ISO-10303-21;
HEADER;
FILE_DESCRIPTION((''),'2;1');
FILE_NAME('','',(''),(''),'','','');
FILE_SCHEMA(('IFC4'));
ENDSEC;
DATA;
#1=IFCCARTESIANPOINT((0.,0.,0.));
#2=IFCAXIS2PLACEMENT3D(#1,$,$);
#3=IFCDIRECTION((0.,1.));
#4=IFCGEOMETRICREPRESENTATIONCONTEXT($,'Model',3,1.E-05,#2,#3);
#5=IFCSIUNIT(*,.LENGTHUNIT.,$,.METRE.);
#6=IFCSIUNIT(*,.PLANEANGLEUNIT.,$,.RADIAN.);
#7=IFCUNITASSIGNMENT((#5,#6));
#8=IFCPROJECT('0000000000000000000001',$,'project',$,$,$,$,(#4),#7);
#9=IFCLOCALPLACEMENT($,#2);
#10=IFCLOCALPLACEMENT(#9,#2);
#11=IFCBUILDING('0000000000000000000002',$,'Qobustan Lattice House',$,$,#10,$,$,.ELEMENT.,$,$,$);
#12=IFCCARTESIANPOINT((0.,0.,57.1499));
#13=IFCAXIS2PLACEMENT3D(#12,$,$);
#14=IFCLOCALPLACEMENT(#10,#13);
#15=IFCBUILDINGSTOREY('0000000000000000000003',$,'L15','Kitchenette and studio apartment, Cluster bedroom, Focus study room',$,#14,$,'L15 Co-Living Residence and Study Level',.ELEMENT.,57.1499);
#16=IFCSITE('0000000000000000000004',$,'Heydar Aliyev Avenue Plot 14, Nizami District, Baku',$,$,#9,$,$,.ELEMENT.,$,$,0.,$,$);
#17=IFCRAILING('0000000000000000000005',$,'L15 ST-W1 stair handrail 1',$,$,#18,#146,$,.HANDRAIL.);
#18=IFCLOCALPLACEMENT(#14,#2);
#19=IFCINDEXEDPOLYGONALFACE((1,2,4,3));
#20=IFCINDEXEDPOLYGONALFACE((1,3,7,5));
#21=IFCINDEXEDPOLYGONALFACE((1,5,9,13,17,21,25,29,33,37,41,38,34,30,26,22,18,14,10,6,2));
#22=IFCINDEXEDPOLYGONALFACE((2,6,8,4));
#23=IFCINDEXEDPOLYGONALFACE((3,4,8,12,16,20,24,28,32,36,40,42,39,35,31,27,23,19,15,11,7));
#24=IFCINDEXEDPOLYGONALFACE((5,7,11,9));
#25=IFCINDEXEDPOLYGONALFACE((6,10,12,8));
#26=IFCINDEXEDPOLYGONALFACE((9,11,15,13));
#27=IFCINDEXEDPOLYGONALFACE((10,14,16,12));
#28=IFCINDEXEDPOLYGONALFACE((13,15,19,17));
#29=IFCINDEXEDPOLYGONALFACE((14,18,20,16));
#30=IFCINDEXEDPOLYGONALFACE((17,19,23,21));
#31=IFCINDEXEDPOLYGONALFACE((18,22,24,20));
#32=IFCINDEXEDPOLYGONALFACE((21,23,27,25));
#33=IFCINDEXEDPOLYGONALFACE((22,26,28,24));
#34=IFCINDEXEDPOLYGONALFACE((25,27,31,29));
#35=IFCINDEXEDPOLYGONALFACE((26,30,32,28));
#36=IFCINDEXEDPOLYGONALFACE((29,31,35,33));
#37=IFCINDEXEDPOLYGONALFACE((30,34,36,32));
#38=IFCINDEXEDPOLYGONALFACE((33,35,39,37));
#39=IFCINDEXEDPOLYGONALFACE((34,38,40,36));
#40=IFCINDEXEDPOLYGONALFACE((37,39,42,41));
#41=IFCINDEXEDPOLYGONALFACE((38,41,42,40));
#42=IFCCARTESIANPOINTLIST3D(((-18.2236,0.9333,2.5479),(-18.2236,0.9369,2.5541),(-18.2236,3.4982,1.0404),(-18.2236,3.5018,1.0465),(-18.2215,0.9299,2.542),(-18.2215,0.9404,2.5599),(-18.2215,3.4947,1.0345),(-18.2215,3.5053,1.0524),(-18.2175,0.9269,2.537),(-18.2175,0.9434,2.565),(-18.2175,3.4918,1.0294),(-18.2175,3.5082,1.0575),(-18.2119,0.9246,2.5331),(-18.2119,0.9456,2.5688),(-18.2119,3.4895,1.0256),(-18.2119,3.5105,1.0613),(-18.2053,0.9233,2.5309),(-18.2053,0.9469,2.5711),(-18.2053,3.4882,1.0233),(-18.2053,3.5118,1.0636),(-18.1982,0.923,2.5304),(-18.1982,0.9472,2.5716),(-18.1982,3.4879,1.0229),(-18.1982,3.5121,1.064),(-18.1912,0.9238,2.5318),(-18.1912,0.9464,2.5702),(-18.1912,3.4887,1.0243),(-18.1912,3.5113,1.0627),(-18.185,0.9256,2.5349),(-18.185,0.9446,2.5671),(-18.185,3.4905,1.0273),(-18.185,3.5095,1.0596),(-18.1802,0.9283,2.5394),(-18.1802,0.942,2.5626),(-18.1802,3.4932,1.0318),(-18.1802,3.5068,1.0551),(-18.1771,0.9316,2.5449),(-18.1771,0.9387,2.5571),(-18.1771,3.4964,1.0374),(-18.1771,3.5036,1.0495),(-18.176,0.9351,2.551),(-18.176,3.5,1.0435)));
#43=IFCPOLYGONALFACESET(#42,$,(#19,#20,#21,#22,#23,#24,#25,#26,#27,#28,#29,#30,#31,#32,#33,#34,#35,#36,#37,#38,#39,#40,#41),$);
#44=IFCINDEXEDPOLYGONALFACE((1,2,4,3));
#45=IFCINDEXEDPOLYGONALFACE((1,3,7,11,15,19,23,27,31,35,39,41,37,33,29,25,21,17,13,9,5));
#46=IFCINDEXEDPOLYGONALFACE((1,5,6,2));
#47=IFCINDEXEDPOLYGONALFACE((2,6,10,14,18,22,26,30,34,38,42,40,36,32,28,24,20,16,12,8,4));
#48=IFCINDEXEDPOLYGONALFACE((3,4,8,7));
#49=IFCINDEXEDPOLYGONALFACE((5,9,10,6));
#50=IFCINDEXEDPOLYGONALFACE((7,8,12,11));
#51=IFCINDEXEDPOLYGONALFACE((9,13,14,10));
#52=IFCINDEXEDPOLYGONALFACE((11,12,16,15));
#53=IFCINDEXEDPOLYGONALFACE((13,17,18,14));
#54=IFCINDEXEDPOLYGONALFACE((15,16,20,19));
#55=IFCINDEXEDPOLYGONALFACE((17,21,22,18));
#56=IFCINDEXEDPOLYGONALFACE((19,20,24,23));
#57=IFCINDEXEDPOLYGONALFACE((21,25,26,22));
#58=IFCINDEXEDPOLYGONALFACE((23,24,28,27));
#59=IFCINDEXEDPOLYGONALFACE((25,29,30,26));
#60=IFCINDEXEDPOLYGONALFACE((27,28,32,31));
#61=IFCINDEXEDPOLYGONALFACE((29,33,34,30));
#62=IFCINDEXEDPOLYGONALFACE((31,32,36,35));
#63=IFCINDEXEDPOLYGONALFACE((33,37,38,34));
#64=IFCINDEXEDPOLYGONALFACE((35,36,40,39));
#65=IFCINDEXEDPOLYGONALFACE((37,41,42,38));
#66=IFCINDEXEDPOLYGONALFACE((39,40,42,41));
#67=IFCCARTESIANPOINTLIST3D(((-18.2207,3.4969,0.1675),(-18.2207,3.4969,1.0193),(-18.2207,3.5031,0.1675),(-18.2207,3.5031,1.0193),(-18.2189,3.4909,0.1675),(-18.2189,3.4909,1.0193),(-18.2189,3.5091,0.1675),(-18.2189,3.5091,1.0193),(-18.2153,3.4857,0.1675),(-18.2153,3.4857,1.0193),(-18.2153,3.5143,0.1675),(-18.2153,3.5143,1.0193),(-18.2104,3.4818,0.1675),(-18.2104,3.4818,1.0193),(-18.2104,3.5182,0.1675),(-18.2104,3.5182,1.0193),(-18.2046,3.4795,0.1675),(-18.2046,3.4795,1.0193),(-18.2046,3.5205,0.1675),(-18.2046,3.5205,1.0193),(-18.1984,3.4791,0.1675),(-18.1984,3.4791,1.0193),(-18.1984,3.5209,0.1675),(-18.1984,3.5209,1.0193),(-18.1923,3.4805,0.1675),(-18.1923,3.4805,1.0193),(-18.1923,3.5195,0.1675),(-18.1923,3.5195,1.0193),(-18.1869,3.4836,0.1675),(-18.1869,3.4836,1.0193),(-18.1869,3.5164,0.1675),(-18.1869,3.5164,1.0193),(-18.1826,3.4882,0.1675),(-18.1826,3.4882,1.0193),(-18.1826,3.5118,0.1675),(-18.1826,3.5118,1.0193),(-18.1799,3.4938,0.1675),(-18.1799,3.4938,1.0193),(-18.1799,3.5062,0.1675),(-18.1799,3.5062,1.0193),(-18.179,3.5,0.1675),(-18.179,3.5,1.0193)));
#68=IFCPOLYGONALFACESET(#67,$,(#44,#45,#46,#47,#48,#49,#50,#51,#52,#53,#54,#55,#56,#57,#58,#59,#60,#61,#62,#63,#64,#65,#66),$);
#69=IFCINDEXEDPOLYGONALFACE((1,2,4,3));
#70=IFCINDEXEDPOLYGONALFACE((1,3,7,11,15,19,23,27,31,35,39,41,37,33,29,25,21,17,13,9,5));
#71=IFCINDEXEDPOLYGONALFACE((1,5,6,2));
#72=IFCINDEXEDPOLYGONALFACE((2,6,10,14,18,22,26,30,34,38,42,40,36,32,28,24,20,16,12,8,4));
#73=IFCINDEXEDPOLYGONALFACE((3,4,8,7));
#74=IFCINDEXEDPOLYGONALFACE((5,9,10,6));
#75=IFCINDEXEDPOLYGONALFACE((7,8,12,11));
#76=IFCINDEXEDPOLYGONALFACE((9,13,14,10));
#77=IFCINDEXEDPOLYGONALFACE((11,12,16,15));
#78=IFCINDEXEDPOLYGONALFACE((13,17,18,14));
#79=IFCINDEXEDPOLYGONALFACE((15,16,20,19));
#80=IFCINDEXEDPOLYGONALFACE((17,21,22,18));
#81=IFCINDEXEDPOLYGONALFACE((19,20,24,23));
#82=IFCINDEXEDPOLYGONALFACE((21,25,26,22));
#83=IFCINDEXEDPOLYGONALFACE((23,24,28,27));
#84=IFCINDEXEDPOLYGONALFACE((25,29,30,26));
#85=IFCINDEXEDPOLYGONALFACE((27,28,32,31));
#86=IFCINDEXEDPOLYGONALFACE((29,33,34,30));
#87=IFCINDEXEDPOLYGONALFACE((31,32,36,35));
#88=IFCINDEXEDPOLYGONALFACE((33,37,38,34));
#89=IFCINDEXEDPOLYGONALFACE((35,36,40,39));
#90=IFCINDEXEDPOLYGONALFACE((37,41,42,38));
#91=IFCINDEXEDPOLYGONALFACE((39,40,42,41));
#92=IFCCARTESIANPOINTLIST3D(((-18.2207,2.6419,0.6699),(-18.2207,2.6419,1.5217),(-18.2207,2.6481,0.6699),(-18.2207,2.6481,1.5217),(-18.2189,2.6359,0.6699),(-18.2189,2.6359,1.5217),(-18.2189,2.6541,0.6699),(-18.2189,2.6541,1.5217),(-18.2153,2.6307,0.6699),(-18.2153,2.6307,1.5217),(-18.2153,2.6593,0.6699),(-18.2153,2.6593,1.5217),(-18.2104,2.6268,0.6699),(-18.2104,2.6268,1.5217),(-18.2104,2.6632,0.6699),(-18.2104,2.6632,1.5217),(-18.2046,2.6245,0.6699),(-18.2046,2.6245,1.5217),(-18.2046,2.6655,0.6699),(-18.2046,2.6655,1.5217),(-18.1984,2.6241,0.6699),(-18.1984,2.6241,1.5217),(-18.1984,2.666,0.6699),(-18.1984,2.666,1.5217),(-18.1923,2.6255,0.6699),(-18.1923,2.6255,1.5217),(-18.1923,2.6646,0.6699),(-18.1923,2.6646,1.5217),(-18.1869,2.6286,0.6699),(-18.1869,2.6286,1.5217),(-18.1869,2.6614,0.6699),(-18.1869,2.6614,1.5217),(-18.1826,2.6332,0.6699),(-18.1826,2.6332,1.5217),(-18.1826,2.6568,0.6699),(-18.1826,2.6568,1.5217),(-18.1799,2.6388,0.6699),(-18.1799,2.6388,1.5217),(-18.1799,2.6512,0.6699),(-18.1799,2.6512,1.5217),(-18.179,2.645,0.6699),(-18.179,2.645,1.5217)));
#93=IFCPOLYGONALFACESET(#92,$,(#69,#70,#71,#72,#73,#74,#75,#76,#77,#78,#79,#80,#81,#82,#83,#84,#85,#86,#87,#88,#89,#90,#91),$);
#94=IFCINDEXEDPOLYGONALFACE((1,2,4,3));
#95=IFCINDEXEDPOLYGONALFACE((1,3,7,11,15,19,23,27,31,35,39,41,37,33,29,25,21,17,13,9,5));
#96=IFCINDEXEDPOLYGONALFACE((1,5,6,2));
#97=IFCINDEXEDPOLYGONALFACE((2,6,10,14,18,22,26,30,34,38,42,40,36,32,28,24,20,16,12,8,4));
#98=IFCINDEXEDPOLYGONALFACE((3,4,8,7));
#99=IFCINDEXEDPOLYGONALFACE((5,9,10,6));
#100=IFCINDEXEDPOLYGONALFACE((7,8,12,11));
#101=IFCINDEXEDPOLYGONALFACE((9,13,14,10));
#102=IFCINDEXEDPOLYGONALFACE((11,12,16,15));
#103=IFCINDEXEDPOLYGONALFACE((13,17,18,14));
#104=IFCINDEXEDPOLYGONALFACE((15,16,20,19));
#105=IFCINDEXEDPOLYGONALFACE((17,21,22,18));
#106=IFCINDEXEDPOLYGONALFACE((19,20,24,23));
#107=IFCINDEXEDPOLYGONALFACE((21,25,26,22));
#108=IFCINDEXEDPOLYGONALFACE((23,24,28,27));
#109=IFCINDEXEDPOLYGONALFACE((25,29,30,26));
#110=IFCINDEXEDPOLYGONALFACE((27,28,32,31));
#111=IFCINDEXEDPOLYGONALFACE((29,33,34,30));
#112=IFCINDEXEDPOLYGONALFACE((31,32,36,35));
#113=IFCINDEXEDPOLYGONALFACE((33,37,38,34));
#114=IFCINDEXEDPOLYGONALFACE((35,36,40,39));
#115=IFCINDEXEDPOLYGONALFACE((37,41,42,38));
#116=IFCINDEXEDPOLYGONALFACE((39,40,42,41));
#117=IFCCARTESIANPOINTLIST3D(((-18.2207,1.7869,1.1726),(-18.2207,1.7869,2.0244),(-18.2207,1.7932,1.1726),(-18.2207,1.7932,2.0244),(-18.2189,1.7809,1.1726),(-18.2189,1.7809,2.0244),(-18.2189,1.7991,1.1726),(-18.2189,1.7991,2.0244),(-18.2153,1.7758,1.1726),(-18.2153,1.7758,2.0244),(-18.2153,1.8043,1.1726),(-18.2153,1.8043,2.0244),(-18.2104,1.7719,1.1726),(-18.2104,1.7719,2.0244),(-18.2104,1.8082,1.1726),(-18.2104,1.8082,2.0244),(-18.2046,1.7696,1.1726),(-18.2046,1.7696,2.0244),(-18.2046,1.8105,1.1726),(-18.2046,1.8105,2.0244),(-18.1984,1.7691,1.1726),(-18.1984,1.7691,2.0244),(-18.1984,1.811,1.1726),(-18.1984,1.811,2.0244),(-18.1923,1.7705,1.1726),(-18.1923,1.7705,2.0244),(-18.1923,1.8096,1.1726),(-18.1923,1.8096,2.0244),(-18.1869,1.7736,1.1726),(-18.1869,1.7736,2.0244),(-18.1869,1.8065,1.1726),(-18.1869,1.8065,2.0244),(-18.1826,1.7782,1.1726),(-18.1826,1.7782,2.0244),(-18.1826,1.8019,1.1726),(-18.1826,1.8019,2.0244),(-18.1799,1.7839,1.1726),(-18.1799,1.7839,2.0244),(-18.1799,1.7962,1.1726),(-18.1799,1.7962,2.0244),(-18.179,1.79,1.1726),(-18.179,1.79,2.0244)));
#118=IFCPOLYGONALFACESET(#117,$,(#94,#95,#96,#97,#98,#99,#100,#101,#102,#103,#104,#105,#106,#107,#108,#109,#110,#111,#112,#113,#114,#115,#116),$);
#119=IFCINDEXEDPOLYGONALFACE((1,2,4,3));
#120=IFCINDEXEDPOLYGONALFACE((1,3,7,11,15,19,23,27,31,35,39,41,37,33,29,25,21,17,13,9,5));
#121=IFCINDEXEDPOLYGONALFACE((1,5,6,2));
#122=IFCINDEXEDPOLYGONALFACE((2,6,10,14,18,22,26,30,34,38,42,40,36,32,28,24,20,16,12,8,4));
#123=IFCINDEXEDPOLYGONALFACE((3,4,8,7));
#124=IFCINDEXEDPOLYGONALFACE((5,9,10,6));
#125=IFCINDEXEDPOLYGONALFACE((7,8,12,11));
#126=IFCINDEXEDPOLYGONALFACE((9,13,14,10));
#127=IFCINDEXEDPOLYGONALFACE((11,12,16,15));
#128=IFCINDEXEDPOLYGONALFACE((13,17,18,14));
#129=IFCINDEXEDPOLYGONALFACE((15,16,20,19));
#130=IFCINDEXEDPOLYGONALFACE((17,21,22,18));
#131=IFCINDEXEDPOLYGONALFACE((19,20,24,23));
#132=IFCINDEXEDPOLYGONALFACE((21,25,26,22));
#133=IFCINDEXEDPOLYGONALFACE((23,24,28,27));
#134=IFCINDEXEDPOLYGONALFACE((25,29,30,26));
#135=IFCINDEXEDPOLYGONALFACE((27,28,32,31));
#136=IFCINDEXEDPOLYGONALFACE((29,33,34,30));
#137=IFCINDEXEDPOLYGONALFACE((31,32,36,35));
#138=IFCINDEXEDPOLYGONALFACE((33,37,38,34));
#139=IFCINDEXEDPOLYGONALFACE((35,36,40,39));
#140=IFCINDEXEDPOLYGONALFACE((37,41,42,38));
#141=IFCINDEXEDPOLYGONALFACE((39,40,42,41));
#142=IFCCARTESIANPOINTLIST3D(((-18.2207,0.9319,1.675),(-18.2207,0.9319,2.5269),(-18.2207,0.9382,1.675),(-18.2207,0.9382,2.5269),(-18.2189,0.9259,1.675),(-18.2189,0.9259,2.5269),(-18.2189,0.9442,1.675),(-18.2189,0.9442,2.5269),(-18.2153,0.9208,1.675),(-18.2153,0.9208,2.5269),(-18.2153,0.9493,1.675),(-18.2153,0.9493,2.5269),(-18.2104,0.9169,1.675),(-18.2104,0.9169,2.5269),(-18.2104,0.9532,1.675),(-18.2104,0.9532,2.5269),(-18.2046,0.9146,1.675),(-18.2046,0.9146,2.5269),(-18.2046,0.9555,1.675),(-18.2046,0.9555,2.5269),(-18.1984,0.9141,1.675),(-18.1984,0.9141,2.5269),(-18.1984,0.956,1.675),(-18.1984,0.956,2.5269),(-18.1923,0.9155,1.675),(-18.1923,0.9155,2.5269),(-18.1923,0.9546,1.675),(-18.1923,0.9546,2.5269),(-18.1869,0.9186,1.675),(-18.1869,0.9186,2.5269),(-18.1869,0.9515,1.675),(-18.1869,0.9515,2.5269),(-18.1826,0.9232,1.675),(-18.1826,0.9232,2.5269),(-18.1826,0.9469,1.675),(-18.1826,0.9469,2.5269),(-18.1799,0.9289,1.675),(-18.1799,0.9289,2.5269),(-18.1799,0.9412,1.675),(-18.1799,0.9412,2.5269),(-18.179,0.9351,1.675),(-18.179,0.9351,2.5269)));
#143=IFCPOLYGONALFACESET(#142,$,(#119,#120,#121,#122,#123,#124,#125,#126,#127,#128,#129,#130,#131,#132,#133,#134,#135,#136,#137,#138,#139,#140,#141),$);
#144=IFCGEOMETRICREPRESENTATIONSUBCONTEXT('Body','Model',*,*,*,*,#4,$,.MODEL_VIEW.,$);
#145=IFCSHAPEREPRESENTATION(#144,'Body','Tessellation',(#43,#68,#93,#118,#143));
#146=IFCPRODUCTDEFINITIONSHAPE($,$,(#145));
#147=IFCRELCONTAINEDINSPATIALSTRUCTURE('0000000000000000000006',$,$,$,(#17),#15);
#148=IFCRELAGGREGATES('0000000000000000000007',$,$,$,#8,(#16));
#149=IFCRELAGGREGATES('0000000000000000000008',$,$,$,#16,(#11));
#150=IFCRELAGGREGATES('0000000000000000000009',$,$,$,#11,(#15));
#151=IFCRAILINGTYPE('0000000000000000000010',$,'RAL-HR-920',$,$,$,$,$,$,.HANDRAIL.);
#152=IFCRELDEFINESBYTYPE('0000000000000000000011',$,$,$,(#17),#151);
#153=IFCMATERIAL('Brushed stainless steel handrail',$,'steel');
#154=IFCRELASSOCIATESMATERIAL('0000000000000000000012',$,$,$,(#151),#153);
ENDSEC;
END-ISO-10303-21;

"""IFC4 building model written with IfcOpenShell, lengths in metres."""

from ifc_helpers import new_model, si_unit, direction, frame, origin, origin_2d, place, context, subcontext, project, spatial, circle, extrude, material, type_object, element, save


model = new_model("IFC4")

# Units and contexts
model_context = context("Model", 3, precision=1e-05, world=origin(), true_north=direction((0.0, 1.0)))
body_context = subcontext(model_context, "Body", "Model", "MODEL_VIEW")
ifc_project = project(units=[si_unit("LENGTHUNIT", "METRE"), si_unit("PLANEANGLEUNIT", "RADIAN")], contexts=[model_context])

# Site, building, storey
site_placement = place(None, origin())
site = spatial("IfcSite", under=ifc_project, at=site_placement, Name="Heydar Aliyev Avenue Plot 14, Nizami District, Baku", CompositionType="ELEMENT", RefElevation=0.0)
building_placement = place(site_placement, origin())
building = spatial("IfcBuilding", under=site, at=building_placement, Name="Qobustan Lattice House", CompositionType="ELEMENT")
storey_placement = place(building_placement, frame((0.0, 0.0, 57.1499)))
storey = spatial("IfcBuildingStorey", under=building, at=storey_placement, Name="L15", Description="Kitchenette and studio apartment, Cluster bedroom, Focus study room", LongName="L15 Co-Living Residence and Study Level", CompositionType="ELEMENT", Elevation=57.1499)

# Railing
ifc_material_1 = material(Name="Brushed stainless steel handrail", Category="steel")
railing_type_1 = type_object("IfcRailingType", Name="RAL-HR-920", PredefinedType="HANDRAIL", material=ifc_material_1)
railing_1_placement = place(storey_placement, frame((-18.2, 3.5, 0.1675)))
element("IfcRailing", 1, at=railing_1_placement, inside=storey, type_object=railing_type_1, Name="L15 ST-W1 stair handrail 1", PredefinedType="HANDRAIL", context=body_context, shape_type="SweptSolid", body=[
    extrude(circle(Radius=0.0239, at=origin_2d()), frame((0.0, 0.0, 0.876), z_axis=(0.0, -0.862113, 0.506715), x_axis=(1.0, 0.0, 0.0)), (0.0, 0.0, 1.0), 2.9751),
    extrude(circle(Radius=0.021, at=origin_2d()), origin(), (0.0, 0.0, 1.0), 0.8518),
    extrude(circle(Radius=0.021, at=origin_2d()), frame((0.0, -0.855, 0.5024)), (0.0, 0.0, 1.0), 0.8518),
    extrude(circle(Radius=0.021, at=origin_2d()), frame((0.0, -1.71, 1.0051)), (0.0, 0.0, 1.0), 0.8518),
    extrude(circle(Radius=0.021, at=origin_2d()), frame((0.0, -2.5649, 1.5076)), (0.0, 0.0, 1.0), 0.8518),
])

save(model, "model.ifc")
